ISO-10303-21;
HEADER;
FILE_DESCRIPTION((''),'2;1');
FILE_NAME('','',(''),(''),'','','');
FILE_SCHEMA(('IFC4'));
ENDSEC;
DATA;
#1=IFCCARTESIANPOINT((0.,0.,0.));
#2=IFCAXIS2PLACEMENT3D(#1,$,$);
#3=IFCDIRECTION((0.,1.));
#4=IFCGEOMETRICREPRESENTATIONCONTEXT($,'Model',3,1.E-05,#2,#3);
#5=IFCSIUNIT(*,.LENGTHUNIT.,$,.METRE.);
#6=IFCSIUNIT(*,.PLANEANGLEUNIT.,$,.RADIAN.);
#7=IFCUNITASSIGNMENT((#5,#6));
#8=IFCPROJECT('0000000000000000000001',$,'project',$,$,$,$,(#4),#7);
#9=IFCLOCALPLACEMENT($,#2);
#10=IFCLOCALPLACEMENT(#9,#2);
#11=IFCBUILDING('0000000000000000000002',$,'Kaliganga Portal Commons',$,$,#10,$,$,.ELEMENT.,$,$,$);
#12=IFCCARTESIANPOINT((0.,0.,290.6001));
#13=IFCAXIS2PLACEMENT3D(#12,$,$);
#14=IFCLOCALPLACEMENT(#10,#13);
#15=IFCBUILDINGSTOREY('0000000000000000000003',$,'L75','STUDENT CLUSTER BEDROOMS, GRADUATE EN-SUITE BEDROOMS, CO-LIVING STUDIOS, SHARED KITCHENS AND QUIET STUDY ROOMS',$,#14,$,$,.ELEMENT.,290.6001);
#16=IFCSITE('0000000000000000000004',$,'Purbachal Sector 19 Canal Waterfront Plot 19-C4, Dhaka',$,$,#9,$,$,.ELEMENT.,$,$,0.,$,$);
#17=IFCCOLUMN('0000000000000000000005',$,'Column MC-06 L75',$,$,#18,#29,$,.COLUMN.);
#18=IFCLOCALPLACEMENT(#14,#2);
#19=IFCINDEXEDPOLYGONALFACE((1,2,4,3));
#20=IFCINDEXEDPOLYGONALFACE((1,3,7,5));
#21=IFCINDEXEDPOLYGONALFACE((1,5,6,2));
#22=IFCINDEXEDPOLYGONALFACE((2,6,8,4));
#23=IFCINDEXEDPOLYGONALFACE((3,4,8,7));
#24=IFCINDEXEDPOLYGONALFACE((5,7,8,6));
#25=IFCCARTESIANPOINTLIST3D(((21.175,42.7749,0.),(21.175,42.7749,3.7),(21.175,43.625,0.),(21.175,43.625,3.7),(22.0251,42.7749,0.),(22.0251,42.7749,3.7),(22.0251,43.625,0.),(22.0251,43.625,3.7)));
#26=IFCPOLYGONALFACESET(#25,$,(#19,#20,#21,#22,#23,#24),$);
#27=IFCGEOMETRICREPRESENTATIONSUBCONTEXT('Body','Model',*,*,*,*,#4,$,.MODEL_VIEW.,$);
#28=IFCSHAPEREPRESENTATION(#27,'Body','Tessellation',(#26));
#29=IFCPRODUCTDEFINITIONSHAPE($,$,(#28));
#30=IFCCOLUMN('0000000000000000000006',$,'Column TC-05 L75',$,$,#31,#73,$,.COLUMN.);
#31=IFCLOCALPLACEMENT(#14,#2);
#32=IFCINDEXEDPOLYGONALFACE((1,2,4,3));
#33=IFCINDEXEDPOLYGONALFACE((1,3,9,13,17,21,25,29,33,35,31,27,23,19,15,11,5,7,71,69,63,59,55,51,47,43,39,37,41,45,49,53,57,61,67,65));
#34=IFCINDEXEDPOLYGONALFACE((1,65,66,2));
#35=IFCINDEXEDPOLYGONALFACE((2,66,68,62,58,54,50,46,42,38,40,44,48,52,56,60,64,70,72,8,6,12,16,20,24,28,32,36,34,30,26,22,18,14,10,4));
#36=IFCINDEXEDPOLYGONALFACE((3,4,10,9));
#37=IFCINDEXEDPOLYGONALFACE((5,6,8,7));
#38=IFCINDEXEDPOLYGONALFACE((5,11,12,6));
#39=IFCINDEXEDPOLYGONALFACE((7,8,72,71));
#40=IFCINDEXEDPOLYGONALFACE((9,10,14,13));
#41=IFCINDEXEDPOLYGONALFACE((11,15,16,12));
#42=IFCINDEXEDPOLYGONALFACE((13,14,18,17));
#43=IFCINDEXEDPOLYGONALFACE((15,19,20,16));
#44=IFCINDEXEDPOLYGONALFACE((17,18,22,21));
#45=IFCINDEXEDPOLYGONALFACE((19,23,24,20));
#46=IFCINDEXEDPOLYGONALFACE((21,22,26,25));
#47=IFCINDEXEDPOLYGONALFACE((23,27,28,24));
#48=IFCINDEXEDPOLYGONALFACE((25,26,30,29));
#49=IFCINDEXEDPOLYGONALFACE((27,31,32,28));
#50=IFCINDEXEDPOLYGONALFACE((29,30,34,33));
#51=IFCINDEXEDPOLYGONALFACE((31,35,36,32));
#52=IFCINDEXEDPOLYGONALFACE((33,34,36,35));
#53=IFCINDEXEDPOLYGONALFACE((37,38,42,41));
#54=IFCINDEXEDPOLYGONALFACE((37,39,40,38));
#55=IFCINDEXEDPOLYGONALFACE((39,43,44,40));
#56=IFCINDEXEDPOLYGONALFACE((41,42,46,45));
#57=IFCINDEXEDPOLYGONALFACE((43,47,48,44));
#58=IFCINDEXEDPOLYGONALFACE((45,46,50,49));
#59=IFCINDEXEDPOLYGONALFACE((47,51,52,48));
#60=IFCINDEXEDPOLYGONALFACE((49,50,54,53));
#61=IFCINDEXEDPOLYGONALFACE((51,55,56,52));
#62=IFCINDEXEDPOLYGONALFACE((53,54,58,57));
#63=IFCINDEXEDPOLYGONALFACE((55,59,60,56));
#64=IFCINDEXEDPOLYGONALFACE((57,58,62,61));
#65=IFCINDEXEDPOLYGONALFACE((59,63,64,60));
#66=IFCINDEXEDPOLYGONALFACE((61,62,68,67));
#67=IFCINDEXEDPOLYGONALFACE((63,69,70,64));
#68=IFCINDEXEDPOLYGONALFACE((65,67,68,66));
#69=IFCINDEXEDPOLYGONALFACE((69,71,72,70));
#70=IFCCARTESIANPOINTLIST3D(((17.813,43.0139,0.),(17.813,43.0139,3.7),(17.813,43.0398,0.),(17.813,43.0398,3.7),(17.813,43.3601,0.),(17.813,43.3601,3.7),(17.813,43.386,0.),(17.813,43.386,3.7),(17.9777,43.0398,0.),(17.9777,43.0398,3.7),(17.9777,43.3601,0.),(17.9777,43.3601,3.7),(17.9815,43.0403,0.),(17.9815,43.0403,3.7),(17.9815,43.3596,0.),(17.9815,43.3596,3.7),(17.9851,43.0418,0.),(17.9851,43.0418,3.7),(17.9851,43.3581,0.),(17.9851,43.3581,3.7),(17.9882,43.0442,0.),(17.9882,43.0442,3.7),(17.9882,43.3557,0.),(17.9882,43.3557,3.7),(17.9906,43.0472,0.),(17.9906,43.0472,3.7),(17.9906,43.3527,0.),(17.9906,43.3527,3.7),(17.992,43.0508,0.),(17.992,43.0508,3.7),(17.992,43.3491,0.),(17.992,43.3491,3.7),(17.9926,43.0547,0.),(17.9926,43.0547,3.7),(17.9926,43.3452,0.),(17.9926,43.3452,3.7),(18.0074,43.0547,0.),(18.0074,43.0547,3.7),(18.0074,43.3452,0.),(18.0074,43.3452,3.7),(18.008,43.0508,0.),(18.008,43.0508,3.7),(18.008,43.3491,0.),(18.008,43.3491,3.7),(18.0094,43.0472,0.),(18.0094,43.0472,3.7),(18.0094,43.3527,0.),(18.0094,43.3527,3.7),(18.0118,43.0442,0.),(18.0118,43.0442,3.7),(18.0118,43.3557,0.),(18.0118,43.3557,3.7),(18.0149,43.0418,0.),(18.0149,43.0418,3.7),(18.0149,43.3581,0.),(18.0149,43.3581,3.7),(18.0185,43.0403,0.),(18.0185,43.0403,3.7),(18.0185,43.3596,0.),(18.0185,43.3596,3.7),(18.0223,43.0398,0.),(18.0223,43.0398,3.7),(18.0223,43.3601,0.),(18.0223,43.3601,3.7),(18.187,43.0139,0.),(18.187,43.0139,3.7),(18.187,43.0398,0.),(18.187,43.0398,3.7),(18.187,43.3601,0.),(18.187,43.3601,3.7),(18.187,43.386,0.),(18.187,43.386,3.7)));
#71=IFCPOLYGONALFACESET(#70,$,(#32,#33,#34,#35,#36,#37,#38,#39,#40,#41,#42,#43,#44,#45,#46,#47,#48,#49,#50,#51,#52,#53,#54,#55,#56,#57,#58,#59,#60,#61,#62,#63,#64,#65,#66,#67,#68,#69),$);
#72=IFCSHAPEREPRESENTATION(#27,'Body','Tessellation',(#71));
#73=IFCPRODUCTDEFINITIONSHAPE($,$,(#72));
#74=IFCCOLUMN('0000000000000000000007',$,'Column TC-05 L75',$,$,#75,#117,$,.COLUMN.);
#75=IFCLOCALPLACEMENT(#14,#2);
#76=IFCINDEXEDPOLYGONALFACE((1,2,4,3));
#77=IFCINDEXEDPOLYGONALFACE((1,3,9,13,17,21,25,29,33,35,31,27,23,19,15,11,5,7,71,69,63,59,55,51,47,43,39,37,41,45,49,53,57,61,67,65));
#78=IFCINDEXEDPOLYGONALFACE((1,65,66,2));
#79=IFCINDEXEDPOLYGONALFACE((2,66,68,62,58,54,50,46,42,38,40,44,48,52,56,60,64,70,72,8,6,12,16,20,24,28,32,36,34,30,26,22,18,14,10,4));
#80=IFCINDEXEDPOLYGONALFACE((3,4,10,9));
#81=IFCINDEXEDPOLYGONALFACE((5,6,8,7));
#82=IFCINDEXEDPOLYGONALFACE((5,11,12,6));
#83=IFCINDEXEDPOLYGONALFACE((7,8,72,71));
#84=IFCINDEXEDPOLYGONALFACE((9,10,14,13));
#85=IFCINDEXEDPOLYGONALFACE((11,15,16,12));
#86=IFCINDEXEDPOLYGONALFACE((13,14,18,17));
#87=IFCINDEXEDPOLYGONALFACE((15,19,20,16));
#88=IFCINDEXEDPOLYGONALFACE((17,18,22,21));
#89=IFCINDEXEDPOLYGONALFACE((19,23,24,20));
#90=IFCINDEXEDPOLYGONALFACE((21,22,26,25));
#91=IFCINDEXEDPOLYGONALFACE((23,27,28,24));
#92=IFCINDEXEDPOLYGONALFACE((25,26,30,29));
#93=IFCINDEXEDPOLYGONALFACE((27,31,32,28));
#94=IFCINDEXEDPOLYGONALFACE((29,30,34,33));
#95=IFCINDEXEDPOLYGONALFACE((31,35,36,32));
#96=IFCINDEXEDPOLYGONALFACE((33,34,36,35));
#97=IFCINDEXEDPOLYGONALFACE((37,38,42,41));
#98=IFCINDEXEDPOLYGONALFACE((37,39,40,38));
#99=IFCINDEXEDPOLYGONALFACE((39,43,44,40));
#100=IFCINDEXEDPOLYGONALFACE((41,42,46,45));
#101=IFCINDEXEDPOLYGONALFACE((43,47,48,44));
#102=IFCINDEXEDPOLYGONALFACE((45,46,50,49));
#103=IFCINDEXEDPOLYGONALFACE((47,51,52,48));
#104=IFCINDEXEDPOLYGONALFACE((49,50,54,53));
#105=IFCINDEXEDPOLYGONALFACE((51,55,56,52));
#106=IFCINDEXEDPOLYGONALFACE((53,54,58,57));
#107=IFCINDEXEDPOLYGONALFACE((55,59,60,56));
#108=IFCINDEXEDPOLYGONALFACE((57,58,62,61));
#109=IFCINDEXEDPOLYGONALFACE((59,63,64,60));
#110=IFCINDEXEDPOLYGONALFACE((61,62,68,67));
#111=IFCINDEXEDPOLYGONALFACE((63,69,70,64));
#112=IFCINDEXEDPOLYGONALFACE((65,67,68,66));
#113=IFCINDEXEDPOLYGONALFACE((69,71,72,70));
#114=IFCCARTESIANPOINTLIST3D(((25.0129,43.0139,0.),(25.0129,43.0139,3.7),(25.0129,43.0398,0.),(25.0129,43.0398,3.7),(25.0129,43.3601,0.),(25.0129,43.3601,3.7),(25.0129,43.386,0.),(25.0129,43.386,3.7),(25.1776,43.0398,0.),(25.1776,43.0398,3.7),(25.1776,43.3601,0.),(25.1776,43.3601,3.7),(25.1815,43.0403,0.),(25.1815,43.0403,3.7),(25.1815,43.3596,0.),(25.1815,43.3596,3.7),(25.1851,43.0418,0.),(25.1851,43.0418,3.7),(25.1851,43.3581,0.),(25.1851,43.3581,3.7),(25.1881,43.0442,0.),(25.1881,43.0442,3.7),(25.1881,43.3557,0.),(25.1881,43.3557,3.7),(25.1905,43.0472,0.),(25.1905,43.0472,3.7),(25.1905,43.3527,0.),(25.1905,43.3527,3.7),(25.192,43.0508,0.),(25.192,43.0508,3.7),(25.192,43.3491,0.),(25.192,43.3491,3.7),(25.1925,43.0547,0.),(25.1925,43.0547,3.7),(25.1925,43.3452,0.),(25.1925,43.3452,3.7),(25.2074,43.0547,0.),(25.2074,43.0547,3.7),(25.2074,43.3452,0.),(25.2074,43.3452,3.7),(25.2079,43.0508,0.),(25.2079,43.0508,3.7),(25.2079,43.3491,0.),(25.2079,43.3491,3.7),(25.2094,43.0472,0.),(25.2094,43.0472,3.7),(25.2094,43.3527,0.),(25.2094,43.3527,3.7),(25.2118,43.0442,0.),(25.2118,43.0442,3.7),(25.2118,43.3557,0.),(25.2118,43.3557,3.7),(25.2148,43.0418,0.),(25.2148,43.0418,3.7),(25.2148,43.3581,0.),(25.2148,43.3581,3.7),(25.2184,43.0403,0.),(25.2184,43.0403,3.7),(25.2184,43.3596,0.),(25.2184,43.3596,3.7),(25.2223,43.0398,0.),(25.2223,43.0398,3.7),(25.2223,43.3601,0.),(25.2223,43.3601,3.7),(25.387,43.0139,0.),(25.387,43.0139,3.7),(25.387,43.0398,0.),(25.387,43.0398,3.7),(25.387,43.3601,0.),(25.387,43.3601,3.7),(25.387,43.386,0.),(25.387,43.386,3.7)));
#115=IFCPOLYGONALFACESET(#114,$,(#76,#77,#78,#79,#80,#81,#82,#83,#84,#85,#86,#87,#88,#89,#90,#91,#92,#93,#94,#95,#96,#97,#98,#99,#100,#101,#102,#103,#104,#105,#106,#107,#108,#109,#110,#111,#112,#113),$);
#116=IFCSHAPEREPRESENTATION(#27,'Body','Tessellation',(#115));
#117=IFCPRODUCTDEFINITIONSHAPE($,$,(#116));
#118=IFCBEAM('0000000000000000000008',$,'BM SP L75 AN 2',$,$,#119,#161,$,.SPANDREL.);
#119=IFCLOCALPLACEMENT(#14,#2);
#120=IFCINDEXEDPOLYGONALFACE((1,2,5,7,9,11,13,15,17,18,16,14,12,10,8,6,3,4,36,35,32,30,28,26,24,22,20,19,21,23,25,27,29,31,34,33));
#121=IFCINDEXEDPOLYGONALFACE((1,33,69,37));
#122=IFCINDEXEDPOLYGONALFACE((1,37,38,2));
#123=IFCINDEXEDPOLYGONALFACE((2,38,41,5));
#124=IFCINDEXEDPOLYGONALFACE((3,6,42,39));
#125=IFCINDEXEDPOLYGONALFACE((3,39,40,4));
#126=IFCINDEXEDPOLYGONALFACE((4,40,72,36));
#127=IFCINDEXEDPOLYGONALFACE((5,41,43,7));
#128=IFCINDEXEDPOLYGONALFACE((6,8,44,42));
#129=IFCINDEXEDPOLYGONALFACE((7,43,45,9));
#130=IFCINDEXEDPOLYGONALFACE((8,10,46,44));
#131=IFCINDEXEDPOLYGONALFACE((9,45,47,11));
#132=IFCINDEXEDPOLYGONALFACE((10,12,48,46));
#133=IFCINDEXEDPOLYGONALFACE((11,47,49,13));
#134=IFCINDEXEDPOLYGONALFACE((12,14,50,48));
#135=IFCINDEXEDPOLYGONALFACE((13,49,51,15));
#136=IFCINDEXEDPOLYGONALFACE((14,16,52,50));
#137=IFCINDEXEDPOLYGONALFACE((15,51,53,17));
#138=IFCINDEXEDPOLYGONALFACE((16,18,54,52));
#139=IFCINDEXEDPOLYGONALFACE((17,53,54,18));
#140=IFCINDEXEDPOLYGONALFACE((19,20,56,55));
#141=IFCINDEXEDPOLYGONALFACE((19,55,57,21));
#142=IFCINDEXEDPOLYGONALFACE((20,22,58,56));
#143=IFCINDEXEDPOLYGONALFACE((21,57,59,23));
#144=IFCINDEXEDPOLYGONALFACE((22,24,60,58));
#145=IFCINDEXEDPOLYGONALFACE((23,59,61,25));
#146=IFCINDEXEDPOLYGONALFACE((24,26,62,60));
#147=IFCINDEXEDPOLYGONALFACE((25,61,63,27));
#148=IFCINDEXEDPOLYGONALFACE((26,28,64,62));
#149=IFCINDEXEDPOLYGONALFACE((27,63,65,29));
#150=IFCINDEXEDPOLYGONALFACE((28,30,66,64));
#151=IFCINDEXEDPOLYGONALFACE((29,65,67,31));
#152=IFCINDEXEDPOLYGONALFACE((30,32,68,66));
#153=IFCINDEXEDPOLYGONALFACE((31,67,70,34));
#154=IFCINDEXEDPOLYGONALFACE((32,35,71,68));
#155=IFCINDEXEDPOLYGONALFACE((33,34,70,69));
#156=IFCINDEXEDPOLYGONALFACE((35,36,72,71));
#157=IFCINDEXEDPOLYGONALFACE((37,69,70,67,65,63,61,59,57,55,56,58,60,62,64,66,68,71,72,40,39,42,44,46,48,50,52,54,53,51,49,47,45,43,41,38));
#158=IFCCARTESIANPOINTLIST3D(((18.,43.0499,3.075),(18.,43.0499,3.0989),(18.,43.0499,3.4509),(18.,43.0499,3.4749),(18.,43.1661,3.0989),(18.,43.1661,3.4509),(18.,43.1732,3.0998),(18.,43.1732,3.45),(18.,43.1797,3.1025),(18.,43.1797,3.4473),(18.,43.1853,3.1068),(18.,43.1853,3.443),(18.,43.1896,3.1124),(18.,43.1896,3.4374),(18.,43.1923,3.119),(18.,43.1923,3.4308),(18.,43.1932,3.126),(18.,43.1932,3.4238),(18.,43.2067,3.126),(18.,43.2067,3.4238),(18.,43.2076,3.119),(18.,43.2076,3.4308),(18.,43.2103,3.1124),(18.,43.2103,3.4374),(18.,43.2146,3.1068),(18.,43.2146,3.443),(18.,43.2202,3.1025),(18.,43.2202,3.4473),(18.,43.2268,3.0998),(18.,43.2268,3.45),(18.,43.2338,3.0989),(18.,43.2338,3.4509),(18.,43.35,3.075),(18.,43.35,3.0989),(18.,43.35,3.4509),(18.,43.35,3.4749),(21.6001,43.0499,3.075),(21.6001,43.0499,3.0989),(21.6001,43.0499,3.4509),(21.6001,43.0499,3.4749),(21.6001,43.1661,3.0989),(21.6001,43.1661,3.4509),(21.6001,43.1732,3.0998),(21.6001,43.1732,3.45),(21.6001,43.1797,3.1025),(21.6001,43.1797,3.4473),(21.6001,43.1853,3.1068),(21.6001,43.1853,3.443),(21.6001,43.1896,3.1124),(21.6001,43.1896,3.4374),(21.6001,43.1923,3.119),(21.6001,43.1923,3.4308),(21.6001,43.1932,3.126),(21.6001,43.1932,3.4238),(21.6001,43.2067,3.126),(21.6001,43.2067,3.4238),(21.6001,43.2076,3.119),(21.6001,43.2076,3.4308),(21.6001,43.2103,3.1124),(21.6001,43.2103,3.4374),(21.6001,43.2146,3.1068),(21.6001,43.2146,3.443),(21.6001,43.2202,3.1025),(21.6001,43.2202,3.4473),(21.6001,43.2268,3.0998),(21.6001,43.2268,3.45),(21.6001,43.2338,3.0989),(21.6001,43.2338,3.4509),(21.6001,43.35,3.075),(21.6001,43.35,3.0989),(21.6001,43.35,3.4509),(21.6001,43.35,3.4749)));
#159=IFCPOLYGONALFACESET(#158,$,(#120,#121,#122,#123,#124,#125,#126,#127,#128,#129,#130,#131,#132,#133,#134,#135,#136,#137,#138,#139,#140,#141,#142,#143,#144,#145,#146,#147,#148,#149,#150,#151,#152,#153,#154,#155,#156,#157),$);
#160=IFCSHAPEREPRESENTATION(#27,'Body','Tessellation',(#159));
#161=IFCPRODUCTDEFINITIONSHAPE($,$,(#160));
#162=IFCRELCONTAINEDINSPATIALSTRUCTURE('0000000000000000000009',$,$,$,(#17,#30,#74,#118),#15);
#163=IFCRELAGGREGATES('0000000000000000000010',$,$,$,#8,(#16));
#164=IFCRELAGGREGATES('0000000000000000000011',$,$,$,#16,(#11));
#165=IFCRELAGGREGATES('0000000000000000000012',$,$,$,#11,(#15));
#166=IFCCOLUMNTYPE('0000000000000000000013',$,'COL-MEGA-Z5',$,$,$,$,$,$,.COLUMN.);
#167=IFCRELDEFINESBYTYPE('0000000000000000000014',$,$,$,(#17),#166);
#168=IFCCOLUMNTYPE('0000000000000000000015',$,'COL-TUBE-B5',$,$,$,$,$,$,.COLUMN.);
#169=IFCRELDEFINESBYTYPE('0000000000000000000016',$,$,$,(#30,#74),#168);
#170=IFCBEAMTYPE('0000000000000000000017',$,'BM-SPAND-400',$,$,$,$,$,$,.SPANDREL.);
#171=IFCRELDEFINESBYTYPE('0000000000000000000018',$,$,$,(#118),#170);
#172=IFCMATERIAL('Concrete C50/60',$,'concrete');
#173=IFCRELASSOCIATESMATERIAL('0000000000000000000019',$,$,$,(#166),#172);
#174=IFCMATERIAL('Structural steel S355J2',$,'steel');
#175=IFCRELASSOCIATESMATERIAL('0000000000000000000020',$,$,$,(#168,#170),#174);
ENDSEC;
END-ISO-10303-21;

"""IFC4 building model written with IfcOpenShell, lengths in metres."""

from ifc_helpers import new_model, si_unit, direction, frame, origin, origin_2d, place, context, subcontext, project, spatial, rectangle, i_section, extrude, source, transform, mapped, material, material_profile, profile_set, type_object, element, save


model = new_model("IFC4")

# Units and contexts
model_context = context("Model", 3, precision=1e-05, world=origin(), true_north=direction((0.0, 1.0)))
body_context = subcontext(model_context, "Body", "Model", "MODEL_VIEW")
ifc_project = project(units=[si_unit("LENGTHUNIT", "METRE"), si_unit("PLANEANGLEUNIT", "RADIAN")], contexts=[model_context])

# Site, building, storey
site_placement = place(None, origin())
site = spatial("IfcSite", under=ifc_project, at=site_placement, Name="Purbachal Sector 19 Canal Waterfront Plot 19-C4, Dhaka", CompositionType="ELEMENT", RefElevation=0.0)
building_placement = place(site_placement, origin())
building = spatial("IfcBuilding", under=site, at=building_placement, Name="Kaliganga Portal Commons", CompositionType="ELEMENT")
storey_placement = place(building_placement, frame((0.0, 0.0, 290.6001)))
storey = spatial("IfcBuildingStorey", under=building, at=storey_placement, Name="L75", Description="STUDENT CLUSTER BEDROOMS, GRADUATE EN-SUITE BEDROOMS, CO-LIVING STUDIOS, SHARED KITCHENS AND QUIET STUDY ROOMS", CompositionType="ELEMENT", Elevation=290.6001)

# Columns
ifc_material_1 = material(Name="Concrete C50/60", Category="concrete")
ifc_material_profile_1 = material_profile(ifc_material_1, rectangle(XDim=0.8501, YDim=0.8501, at=origin_2d()), Name="RC 850x850")
ifc_profile_set_1 = profile_set([ifc_material_profile_1], Name="Concrete C50/60")
column_type_1 = type_object("IfcColumnType", Name="COL-MEGA-Z5", PredefinedType="COLUMN", material=ifc_profile_set_1)
shared_shape_1 = source(origin(), body_context, "Body", "SweptSolid", [
    extrude(rectangle(XDim=0.8501, YDim=0.8501, at=origin_2d()), origin(), (0.0, 0.0, 1.0), 3.7),
])
column_placement = place(storey_placement, frame((21.6001, 43.2, 0.0), z_axis=(0.0, 0.0, 1.0), x_axis=(1.0, 0.0, 0.0)))
element("IfcColumn", 1, at=column_placement, inside=storey, type_object=column_type_1, Name="Column MC-06 L75", PredefinedType="COLUMN", context=body_context, shape_type="MappedRepresentation", body=[
    mapped(shared_shape_1, transform((0.0, 0.0, 0.0), x_axis=(1.0, 0.0, 0.0), y_axis=(0.0, 1.0, 0.0), z_axis=(0.0, 0.0, 1.0), scale=1.0)),
])
ifc_material_2 = material(Name="Structural steel S355J2", Category="steel")
ifc_material_profile_2 = material_profile(ifc_material_2, i_section(OverallWidth=0.374, OverallDepth=0.3721, WebThickness=0.0149, FlangeThickness=0.0259, FilletRadius=0.0149, at=origin_2d()), Name="HD 360x196")
ifc_profile_set_2 = profile_set([ifc_material_profile_2], Name="Structural steel S355J2 wide-flange")
column_type_2 = type_object("IfcColumnType", Name="COL-TUBE-B5", PredefinedType="COLUMN", material=ifc_profile_set_2)
shared_shape_2 = source(origin(), body_context, "Body", "SweptSolid", [
    extrude(i_section(OverallWidth=0.374, OverallDepth=0.3721, WebThickness=0.0149, FlangeThickness=0.0259, FilletRadius=0.0149, at=origin_2d()), origin(), (0.0, 0.0, 1.0), 3.7),
])
for number, where, z_axis, x_axis, name in (
    (2, (18.0, 43.2, 0.0), (0.0, 0.0, 1.0), (1.0, 0.0, 0.0), "Column TC-05 L75"),
    (3, (25.2, 43.2, 0.0), (0.0, 0.0, 1.0), (1.0, 0.0, 0.0), "Column TC-05 L75"),
):
    element("IfcColumn", number, at=place(storey_placement, frame(where, z_axis=z_axis, x_axis=x_axis)), inside=storey, type_object=column_type_2, Name=name, PredefinedType="COLUMN", context=body_context, shape_type="MappedRepresentation", body=[
        mapped(shared_shape_2, transform((0.0, 0.0, 0.0), x_axis=(1.0, 0.0, 0.0), y_axis=(0.0, 1.0, 0.0), z_axis=(0.0, 0.0, 1.0), scale=1.0)),
    ])

# Beam
ifc_material_profile_3 = material_profile(ifc_material_2, i_section(OverallWidth=0.3, OverallDepth=0.3999, WebThickness=0.0134, FlangeThickness=0.0239, FilletRadius=0.0271, at=origin_2d()), Name="HE 400 B")
ifc_profile_set_3 = profile_set([ifc_material_profile_3], Name="Structural steel S355J2 wide-flange")
beam_type = type_object("IfcBeamType", Name="BM-SPAND-400", PredefinedType="SPANDREL", material=ifc_profile_set_3)
shared_shape_3 = source(origin(), body_context, "Body", "SweptSolid", [
    extrude(i_section(OverallWidth=0.3, OverallDepth=0.3999, WebThickness=0.0134, FlangeThickness=0.0239, FilletRadius=0.0271, at=origin_2d()), origin(), (0.0, 0.0, 1.0), 3.6001),
])
for number, where, z_axis, x_axis, name in (
    (4, (18.0, 43.2, 3.2749), (1.0, 0.0, 0.0), (0.0, 1.0, 0.0), "BM SP L75 AN 2"),
):
    element("IfcBeam", number, at=place(storey_placement, frame(where, z_axis=z_axis, x_axis=x_axis)), inside=storey, type_object=beam_type, Name=name, PredefinedType="SPANDREL", context=body_context, shape_type="MappedRepresentation", body=[
        mapped(shared_shape_3, transform((0.0, 0.0, 0.0), x_axis=(1.0, 0.0, 0.0), y_axis=(0.0, 1.0, 0.0), z_axis=(0.0, 0.0, 1.0), scale=1.0)),
    ])

save(model, "model.ifc")
